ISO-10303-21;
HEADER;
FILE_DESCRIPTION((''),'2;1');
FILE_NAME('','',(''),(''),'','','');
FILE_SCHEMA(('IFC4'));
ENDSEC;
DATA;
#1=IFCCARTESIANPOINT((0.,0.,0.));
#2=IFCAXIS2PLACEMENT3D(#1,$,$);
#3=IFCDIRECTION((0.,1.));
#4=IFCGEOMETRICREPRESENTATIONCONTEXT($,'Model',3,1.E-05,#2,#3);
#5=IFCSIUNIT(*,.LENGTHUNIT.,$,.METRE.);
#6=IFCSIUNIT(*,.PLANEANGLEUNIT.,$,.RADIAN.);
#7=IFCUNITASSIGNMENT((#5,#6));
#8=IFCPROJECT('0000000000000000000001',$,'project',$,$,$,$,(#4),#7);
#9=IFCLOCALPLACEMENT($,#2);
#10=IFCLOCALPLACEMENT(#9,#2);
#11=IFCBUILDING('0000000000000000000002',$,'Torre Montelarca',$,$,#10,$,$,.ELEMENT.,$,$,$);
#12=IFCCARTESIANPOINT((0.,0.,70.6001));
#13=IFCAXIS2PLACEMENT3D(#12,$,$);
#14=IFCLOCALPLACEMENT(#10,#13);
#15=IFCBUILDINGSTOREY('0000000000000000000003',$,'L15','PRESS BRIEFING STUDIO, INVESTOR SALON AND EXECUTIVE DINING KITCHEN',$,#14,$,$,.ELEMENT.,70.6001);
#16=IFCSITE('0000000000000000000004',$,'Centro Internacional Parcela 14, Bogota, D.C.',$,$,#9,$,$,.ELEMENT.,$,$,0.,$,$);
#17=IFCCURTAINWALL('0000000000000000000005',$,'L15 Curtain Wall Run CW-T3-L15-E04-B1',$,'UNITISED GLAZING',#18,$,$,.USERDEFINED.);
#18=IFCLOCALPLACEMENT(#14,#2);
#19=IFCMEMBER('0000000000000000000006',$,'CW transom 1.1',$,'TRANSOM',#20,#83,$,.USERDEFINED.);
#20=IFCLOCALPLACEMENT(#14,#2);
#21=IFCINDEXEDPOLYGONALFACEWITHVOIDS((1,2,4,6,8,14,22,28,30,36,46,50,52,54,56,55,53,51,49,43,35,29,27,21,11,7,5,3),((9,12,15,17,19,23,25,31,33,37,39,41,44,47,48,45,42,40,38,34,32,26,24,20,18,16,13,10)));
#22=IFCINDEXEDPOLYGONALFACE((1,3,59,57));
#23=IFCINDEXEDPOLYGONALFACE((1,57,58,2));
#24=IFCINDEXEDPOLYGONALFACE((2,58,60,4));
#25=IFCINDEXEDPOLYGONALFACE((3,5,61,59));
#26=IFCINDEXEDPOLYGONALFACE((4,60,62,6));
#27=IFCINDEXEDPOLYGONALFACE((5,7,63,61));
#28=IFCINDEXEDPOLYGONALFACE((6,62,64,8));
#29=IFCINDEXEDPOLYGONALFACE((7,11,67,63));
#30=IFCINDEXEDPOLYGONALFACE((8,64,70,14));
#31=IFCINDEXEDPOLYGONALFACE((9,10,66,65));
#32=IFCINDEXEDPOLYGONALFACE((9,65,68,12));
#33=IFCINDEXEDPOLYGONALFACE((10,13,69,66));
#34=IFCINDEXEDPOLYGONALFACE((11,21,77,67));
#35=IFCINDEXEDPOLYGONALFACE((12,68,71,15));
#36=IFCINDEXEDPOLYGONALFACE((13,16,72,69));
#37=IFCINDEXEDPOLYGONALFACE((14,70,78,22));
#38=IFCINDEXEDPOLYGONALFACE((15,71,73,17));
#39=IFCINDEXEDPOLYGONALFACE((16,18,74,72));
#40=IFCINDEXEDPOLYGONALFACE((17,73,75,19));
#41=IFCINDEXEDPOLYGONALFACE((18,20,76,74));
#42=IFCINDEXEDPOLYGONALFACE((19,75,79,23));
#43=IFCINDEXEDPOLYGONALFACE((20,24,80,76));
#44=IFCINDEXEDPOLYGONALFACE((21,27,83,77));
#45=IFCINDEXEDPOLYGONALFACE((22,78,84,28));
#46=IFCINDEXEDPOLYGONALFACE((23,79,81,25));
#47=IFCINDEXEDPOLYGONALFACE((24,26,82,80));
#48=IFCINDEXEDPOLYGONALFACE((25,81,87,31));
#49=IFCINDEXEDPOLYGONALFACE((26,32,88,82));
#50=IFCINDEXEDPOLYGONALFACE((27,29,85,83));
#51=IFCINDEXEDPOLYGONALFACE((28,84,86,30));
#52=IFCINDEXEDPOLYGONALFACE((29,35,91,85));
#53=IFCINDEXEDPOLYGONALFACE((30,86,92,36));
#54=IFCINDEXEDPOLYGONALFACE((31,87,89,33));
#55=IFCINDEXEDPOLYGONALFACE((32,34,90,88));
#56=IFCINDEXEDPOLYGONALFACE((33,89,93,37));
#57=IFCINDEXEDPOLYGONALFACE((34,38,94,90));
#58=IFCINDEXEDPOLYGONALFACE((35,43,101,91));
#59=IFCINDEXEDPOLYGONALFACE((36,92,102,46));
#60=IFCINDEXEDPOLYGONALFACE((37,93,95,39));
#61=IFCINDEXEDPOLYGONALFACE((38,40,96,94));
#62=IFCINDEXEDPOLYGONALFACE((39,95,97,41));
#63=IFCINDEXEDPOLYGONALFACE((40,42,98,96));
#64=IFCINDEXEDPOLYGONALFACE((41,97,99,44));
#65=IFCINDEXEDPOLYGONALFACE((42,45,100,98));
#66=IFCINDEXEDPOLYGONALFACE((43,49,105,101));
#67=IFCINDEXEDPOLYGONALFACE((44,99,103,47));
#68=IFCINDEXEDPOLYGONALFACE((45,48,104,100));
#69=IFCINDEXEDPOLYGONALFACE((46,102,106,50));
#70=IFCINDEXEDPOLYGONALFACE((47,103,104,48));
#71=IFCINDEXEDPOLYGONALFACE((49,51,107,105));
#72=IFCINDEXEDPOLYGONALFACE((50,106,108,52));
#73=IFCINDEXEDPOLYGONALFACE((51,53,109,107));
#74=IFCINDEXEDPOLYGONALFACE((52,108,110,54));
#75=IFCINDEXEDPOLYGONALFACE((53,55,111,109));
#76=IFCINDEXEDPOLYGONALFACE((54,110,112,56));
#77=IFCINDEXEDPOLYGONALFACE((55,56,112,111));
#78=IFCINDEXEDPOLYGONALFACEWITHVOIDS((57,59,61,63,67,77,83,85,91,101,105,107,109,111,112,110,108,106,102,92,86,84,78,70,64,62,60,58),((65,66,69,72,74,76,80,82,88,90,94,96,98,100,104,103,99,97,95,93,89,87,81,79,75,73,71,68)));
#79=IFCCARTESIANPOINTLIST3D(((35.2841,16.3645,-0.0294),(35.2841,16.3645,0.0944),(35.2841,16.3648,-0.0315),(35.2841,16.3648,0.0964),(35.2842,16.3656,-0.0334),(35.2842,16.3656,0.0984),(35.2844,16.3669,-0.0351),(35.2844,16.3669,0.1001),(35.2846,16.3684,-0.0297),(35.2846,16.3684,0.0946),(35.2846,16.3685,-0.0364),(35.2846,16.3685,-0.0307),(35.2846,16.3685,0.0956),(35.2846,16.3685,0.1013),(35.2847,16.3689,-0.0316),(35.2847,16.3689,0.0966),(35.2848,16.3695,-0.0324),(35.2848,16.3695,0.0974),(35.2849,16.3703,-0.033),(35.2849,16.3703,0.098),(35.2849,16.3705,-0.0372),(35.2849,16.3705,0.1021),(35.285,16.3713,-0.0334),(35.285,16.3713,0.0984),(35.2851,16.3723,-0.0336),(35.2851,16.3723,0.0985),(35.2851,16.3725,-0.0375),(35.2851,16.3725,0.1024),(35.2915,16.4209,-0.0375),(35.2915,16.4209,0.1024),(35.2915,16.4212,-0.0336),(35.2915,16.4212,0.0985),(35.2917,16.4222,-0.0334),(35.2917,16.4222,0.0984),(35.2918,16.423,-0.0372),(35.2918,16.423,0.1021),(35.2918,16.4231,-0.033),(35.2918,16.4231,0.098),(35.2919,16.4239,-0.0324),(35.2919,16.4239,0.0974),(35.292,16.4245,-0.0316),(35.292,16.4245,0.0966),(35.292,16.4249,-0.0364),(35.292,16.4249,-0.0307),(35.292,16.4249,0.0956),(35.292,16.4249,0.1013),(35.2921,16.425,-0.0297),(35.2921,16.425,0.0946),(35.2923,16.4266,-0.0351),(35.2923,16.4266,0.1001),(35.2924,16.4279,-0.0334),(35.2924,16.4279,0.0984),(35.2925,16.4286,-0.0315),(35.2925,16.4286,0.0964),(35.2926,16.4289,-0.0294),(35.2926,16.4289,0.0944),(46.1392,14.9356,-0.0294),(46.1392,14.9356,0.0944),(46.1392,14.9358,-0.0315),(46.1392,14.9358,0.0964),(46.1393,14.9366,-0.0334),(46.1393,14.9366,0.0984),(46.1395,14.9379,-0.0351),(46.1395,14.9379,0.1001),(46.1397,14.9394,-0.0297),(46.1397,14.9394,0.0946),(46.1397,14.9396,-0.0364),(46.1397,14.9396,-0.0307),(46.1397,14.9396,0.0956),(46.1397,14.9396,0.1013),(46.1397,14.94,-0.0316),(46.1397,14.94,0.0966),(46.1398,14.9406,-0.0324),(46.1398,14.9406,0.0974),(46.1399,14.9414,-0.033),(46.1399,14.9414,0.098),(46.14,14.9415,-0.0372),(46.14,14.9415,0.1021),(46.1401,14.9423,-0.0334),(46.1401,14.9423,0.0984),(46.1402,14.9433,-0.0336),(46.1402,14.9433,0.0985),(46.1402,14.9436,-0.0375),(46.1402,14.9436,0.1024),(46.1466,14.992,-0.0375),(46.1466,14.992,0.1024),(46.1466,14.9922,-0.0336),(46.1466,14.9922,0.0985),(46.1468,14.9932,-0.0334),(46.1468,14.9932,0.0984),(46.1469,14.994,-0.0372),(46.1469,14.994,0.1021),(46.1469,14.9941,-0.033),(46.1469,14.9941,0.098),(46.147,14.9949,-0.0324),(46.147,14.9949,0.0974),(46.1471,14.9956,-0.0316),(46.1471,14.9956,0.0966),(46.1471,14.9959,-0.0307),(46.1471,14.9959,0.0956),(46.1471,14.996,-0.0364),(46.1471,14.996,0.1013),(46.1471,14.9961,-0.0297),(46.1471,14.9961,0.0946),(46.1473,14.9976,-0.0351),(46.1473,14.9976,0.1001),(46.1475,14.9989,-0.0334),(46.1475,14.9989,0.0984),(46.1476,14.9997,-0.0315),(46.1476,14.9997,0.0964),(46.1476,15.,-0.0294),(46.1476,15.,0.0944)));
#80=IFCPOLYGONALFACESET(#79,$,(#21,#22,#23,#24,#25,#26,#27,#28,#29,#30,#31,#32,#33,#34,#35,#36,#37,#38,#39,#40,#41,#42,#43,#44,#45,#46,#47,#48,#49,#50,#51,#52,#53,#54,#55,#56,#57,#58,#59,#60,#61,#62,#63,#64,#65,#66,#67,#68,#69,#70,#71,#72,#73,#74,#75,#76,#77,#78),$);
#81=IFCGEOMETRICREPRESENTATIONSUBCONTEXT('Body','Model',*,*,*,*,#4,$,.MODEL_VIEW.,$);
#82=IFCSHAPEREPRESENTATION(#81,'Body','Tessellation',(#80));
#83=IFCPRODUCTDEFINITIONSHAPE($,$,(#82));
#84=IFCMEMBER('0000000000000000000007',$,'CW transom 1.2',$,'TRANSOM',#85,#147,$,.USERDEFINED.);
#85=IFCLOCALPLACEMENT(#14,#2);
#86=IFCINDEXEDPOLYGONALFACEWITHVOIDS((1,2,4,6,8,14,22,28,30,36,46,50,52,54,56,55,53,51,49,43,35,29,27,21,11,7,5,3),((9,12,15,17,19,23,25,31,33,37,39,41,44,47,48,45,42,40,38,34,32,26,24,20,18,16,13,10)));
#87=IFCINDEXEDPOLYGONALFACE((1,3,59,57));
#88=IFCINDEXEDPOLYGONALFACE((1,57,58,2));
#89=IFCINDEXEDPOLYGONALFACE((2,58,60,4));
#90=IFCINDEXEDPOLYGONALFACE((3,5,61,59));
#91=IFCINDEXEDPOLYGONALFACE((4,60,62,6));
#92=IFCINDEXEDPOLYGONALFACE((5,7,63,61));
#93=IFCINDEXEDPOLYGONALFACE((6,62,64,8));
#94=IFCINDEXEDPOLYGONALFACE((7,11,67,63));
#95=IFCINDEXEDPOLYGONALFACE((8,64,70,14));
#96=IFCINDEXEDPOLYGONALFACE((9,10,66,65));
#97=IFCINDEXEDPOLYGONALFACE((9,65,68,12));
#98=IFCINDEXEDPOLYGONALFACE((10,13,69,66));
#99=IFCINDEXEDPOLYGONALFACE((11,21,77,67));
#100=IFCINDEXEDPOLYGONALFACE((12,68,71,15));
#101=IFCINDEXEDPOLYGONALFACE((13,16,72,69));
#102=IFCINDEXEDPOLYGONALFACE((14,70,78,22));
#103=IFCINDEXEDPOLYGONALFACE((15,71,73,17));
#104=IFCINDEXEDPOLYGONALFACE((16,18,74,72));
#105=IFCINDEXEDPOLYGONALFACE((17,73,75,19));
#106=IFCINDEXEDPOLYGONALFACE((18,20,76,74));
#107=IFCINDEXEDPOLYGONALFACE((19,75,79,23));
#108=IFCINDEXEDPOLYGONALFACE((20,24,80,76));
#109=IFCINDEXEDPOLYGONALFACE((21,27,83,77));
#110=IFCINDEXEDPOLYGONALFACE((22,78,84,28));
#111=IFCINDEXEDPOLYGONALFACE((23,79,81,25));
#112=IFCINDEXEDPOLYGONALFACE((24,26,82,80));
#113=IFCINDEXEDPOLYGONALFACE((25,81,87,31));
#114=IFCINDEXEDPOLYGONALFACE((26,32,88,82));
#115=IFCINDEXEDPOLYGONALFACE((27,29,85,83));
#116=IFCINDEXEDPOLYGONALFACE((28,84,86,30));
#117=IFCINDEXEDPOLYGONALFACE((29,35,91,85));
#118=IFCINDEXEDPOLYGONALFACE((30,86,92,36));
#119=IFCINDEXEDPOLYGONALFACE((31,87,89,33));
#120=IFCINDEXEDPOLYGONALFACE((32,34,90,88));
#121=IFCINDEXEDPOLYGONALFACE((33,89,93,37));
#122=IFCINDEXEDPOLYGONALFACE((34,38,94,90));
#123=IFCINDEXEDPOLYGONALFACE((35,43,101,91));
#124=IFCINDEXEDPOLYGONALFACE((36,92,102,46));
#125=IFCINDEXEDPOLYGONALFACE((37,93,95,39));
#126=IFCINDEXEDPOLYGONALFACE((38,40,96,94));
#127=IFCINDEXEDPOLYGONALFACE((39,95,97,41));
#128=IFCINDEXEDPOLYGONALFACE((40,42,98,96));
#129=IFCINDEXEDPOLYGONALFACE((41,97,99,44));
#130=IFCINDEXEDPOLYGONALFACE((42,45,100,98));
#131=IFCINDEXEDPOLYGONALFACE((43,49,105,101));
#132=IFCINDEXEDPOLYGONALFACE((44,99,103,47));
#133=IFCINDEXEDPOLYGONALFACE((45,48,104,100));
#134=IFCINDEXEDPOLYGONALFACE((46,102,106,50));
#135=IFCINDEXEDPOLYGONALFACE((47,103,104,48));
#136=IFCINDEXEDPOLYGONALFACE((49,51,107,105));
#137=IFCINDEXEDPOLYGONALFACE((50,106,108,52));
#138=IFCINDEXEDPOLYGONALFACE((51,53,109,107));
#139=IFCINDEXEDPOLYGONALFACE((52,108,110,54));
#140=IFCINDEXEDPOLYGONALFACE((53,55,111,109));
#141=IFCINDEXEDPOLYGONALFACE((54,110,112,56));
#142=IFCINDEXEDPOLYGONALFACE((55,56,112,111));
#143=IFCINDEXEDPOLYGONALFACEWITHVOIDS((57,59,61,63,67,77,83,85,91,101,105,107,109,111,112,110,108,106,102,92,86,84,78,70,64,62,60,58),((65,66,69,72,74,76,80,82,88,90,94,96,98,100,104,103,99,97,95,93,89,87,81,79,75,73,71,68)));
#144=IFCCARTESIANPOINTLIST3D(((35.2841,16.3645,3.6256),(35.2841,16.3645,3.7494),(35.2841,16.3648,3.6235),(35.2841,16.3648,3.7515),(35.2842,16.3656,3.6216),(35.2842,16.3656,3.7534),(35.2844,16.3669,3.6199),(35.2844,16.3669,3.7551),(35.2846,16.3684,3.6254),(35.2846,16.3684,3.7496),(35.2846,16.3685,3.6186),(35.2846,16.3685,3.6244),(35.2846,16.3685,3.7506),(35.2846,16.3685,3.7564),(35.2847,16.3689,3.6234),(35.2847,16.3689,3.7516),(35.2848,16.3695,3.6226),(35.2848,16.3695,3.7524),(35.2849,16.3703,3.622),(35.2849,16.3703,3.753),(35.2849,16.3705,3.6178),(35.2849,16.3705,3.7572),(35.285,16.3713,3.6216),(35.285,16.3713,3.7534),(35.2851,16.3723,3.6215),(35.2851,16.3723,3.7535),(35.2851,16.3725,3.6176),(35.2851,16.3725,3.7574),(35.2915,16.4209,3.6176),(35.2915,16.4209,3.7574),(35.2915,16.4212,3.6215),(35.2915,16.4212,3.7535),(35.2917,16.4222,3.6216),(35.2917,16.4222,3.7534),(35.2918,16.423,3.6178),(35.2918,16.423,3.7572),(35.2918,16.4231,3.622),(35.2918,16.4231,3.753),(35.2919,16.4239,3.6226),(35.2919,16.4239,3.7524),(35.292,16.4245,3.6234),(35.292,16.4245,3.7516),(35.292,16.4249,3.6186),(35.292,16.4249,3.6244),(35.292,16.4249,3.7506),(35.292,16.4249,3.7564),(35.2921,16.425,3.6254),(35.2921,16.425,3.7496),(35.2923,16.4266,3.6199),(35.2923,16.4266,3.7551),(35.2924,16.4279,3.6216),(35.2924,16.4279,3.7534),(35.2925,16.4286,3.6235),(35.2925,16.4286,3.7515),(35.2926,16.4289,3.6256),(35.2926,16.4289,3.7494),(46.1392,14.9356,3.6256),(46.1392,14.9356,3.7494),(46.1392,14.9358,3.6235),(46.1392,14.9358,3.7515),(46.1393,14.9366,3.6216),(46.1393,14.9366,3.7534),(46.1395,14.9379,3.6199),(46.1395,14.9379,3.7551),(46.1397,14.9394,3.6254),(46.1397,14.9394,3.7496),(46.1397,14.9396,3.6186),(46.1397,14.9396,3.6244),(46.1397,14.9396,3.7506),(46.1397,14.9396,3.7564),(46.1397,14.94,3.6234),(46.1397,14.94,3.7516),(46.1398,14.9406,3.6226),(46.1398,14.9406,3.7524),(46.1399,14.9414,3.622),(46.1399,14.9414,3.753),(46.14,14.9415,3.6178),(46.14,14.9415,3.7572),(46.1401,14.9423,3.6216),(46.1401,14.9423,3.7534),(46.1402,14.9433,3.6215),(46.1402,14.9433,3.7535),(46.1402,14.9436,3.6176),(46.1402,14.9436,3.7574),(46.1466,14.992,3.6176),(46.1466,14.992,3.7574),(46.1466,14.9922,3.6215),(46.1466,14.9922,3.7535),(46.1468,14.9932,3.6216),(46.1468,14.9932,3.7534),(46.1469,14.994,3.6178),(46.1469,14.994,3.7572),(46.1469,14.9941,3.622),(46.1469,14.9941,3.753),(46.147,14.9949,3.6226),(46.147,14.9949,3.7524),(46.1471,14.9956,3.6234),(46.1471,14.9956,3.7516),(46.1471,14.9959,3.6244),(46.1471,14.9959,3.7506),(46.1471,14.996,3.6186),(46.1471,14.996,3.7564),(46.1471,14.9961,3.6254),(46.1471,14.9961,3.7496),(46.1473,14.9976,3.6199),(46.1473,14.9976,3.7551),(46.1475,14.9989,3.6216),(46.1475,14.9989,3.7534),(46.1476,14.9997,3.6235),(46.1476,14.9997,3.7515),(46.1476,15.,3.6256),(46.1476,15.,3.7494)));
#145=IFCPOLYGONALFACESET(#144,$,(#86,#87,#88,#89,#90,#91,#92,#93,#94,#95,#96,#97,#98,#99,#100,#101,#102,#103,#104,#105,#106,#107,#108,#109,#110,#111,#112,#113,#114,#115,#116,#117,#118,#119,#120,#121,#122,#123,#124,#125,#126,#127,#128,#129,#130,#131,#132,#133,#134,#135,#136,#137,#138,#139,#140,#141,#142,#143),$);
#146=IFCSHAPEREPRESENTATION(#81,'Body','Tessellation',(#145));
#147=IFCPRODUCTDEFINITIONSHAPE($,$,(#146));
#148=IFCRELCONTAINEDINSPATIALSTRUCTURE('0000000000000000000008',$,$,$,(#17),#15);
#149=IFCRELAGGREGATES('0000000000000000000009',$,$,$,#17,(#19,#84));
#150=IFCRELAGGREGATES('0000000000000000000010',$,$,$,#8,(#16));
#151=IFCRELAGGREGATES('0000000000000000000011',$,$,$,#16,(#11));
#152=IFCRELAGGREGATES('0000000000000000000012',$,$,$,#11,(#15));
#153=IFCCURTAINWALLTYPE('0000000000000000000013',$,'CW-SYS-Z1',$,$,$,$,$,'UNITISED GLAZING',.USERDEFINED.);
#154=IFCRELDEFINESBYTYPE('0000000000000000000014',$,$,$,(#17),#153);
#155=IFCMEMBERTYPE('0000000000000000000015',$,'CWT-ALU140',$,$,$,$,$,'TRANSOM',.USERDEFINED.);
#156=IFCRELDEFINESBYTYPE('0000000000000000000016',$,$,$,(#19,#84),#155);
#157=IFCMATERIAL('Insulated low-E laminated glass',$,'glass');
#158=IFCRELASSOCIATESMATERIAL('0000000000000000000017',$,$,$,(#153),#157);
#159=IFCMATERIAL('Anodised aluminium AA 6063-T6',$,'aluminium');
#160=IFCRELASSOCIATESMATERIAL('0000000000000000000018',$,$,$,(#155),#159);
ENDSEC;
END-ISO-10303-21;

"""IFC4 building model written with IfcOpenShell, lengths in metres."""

from ifc_helpers import new_model, si_unit, direction, frame, origin, origin_2d, place, context, subcontext, project, spatial, hollow_rectangle, extrude, source, transform, mapped, material, material_profile, profile_set, type_object, element, aggregate, save


model = new_model("IFC4")

# Units and contexts
model_context = context("Model", 3, precision=1e-05, world=origin(), true_north=direction((0.0, 1.0)))
body_context = subcontext(model_context, "Body", "Model", "MODEL_VIEW")
ifc_project = project(units=[si_unit("LENGTHUNIT", "METRE"), si_unit("PLANEANGLEUNIT", "RADIAN")], contexts=[model_context])

# Site, building, storey
site_placement = place(None, origin())
site = spatial("IfcSite", under=ifc_project, at=site_placement, Name="Centro Internacional Parcela 14, Bogota, D.C.", CompositionType="ELEMENT", RefElevation=0.0)
building_placement = place(site_placement, origin())
building = spatial("IfcBuilding", under=site, at=building_placement, Name="Torre Montelarca", CompositionType="ELEMENT")
storey_placement = place(building_placement, frame((0.0, 0.0, 70.6001)))
storey = spatial("IfcBuildingStorey", under=building, at=storey_placement, Name="L15", Description="PRESS BRIEFING STUDIO, INVESTOR SALON AND EXECUTIVE DINING KITCHEN", CompositionType="ELEMENT", Elevation=70.6001)

# Curtain wall, members
ifc_material_1 = material(Name="Insulated low-E laminated glass", Category="glass")
curtain_wall_type = type_object("IfcCurtainWallType", Name="CW-SYS-Z1", ElementType="UNITISED GLAZING", PredefinedType="USERDEFINED", material=ifc_material_1)
ifc_material_2 = material(Name="Anodised aluminium AA 6063-T6", Category="aluminium")
ifc_material_profile_1 = material_profile(ifc_material_2, hollow_rectangle(XDim=0.0649, YDim=0.1399, WallThickness=0.0039, InnerFilletRadius=0.0039, OuterFilletRadius=0.0081, at=origin_2d()), Name="ALU65X140X4", Category="aluminium")
ifc_profile_set_1 = profile_set([ifc_material_profile_1], Name="Anodised aluminium AA 6063-T6")
member_type_1 = type_object("IfcMemberType", Name="CWT-ALU140", ElementType="TRANSOM", PredefinedType="USERDEFINED", material=ifc_profile_set_1)
curtain_wall_1_placement = place(storey_placement, origin())
curtain_wall_1 = element("IfcCurtainWall", 1, at=curtain_wall_1_placement, inside=storey, type_object=curtain_wall_type, Name="L15 Curtain Wall Run CW-T3-L15-E04-B1", ObjectType="UNITISED GLAZING", PredefinedType="USERDEFINED")
shared_shape_1 = source(origin(), body_context, "Body", "SweptSolid", [
    extrude(hollow_rectangle(XDim=0.0649, YDim=0.1399, WallThickness=0.0039, InnerFilletRadius=0.0039, OuterFilletRadius=0.0081, at=origin_2d()), origin(), (0.0, 0.0, 1.0), 10.9487),
])
member_1_placement = place(storey_placement, frame((35.2883, 16.3967, 0.0325), z_axis=(0.991446, -0.130515, 0.0), x_axis=(0.130515, 0.991446, 0.0)))
member_1 = element("IfcMember", 2, at=member_1_placement, type_object=member_type_1, Name="CW transom 1.1", ObjectType="TRANSOM", PredefinedType="USERDEFINED", context=body_context, shape_type="MappedRepresentation", body=[
    mapped(shared_shape_1, transform((0.0, 0.0, 0.0), scale=1.0)),
])
member_2_placement = place(storey_placement, frame((35.2883, 16.3967, 3.6875), z_axis=(0.991446, -0.130515, 0.0), x_axis=(0.130515, 0.991446, 0.0)))
member_2 = element("IfcMember", 3, at=member_2_placement, type_object=member_type_1, Name="CW transom 1.2", ObjectType="TRANSOM", PredefinedType="USERDEFINED", context=body_context, shape_type="MappedRepresentation", body=[
    mapped(shared_shape_1, transform((0.0, 0.0, 0.0), scale=1.0)),
])

aggregate(curtain_wall_1, [member_1, member_2])

save(model, "model.ifc")
